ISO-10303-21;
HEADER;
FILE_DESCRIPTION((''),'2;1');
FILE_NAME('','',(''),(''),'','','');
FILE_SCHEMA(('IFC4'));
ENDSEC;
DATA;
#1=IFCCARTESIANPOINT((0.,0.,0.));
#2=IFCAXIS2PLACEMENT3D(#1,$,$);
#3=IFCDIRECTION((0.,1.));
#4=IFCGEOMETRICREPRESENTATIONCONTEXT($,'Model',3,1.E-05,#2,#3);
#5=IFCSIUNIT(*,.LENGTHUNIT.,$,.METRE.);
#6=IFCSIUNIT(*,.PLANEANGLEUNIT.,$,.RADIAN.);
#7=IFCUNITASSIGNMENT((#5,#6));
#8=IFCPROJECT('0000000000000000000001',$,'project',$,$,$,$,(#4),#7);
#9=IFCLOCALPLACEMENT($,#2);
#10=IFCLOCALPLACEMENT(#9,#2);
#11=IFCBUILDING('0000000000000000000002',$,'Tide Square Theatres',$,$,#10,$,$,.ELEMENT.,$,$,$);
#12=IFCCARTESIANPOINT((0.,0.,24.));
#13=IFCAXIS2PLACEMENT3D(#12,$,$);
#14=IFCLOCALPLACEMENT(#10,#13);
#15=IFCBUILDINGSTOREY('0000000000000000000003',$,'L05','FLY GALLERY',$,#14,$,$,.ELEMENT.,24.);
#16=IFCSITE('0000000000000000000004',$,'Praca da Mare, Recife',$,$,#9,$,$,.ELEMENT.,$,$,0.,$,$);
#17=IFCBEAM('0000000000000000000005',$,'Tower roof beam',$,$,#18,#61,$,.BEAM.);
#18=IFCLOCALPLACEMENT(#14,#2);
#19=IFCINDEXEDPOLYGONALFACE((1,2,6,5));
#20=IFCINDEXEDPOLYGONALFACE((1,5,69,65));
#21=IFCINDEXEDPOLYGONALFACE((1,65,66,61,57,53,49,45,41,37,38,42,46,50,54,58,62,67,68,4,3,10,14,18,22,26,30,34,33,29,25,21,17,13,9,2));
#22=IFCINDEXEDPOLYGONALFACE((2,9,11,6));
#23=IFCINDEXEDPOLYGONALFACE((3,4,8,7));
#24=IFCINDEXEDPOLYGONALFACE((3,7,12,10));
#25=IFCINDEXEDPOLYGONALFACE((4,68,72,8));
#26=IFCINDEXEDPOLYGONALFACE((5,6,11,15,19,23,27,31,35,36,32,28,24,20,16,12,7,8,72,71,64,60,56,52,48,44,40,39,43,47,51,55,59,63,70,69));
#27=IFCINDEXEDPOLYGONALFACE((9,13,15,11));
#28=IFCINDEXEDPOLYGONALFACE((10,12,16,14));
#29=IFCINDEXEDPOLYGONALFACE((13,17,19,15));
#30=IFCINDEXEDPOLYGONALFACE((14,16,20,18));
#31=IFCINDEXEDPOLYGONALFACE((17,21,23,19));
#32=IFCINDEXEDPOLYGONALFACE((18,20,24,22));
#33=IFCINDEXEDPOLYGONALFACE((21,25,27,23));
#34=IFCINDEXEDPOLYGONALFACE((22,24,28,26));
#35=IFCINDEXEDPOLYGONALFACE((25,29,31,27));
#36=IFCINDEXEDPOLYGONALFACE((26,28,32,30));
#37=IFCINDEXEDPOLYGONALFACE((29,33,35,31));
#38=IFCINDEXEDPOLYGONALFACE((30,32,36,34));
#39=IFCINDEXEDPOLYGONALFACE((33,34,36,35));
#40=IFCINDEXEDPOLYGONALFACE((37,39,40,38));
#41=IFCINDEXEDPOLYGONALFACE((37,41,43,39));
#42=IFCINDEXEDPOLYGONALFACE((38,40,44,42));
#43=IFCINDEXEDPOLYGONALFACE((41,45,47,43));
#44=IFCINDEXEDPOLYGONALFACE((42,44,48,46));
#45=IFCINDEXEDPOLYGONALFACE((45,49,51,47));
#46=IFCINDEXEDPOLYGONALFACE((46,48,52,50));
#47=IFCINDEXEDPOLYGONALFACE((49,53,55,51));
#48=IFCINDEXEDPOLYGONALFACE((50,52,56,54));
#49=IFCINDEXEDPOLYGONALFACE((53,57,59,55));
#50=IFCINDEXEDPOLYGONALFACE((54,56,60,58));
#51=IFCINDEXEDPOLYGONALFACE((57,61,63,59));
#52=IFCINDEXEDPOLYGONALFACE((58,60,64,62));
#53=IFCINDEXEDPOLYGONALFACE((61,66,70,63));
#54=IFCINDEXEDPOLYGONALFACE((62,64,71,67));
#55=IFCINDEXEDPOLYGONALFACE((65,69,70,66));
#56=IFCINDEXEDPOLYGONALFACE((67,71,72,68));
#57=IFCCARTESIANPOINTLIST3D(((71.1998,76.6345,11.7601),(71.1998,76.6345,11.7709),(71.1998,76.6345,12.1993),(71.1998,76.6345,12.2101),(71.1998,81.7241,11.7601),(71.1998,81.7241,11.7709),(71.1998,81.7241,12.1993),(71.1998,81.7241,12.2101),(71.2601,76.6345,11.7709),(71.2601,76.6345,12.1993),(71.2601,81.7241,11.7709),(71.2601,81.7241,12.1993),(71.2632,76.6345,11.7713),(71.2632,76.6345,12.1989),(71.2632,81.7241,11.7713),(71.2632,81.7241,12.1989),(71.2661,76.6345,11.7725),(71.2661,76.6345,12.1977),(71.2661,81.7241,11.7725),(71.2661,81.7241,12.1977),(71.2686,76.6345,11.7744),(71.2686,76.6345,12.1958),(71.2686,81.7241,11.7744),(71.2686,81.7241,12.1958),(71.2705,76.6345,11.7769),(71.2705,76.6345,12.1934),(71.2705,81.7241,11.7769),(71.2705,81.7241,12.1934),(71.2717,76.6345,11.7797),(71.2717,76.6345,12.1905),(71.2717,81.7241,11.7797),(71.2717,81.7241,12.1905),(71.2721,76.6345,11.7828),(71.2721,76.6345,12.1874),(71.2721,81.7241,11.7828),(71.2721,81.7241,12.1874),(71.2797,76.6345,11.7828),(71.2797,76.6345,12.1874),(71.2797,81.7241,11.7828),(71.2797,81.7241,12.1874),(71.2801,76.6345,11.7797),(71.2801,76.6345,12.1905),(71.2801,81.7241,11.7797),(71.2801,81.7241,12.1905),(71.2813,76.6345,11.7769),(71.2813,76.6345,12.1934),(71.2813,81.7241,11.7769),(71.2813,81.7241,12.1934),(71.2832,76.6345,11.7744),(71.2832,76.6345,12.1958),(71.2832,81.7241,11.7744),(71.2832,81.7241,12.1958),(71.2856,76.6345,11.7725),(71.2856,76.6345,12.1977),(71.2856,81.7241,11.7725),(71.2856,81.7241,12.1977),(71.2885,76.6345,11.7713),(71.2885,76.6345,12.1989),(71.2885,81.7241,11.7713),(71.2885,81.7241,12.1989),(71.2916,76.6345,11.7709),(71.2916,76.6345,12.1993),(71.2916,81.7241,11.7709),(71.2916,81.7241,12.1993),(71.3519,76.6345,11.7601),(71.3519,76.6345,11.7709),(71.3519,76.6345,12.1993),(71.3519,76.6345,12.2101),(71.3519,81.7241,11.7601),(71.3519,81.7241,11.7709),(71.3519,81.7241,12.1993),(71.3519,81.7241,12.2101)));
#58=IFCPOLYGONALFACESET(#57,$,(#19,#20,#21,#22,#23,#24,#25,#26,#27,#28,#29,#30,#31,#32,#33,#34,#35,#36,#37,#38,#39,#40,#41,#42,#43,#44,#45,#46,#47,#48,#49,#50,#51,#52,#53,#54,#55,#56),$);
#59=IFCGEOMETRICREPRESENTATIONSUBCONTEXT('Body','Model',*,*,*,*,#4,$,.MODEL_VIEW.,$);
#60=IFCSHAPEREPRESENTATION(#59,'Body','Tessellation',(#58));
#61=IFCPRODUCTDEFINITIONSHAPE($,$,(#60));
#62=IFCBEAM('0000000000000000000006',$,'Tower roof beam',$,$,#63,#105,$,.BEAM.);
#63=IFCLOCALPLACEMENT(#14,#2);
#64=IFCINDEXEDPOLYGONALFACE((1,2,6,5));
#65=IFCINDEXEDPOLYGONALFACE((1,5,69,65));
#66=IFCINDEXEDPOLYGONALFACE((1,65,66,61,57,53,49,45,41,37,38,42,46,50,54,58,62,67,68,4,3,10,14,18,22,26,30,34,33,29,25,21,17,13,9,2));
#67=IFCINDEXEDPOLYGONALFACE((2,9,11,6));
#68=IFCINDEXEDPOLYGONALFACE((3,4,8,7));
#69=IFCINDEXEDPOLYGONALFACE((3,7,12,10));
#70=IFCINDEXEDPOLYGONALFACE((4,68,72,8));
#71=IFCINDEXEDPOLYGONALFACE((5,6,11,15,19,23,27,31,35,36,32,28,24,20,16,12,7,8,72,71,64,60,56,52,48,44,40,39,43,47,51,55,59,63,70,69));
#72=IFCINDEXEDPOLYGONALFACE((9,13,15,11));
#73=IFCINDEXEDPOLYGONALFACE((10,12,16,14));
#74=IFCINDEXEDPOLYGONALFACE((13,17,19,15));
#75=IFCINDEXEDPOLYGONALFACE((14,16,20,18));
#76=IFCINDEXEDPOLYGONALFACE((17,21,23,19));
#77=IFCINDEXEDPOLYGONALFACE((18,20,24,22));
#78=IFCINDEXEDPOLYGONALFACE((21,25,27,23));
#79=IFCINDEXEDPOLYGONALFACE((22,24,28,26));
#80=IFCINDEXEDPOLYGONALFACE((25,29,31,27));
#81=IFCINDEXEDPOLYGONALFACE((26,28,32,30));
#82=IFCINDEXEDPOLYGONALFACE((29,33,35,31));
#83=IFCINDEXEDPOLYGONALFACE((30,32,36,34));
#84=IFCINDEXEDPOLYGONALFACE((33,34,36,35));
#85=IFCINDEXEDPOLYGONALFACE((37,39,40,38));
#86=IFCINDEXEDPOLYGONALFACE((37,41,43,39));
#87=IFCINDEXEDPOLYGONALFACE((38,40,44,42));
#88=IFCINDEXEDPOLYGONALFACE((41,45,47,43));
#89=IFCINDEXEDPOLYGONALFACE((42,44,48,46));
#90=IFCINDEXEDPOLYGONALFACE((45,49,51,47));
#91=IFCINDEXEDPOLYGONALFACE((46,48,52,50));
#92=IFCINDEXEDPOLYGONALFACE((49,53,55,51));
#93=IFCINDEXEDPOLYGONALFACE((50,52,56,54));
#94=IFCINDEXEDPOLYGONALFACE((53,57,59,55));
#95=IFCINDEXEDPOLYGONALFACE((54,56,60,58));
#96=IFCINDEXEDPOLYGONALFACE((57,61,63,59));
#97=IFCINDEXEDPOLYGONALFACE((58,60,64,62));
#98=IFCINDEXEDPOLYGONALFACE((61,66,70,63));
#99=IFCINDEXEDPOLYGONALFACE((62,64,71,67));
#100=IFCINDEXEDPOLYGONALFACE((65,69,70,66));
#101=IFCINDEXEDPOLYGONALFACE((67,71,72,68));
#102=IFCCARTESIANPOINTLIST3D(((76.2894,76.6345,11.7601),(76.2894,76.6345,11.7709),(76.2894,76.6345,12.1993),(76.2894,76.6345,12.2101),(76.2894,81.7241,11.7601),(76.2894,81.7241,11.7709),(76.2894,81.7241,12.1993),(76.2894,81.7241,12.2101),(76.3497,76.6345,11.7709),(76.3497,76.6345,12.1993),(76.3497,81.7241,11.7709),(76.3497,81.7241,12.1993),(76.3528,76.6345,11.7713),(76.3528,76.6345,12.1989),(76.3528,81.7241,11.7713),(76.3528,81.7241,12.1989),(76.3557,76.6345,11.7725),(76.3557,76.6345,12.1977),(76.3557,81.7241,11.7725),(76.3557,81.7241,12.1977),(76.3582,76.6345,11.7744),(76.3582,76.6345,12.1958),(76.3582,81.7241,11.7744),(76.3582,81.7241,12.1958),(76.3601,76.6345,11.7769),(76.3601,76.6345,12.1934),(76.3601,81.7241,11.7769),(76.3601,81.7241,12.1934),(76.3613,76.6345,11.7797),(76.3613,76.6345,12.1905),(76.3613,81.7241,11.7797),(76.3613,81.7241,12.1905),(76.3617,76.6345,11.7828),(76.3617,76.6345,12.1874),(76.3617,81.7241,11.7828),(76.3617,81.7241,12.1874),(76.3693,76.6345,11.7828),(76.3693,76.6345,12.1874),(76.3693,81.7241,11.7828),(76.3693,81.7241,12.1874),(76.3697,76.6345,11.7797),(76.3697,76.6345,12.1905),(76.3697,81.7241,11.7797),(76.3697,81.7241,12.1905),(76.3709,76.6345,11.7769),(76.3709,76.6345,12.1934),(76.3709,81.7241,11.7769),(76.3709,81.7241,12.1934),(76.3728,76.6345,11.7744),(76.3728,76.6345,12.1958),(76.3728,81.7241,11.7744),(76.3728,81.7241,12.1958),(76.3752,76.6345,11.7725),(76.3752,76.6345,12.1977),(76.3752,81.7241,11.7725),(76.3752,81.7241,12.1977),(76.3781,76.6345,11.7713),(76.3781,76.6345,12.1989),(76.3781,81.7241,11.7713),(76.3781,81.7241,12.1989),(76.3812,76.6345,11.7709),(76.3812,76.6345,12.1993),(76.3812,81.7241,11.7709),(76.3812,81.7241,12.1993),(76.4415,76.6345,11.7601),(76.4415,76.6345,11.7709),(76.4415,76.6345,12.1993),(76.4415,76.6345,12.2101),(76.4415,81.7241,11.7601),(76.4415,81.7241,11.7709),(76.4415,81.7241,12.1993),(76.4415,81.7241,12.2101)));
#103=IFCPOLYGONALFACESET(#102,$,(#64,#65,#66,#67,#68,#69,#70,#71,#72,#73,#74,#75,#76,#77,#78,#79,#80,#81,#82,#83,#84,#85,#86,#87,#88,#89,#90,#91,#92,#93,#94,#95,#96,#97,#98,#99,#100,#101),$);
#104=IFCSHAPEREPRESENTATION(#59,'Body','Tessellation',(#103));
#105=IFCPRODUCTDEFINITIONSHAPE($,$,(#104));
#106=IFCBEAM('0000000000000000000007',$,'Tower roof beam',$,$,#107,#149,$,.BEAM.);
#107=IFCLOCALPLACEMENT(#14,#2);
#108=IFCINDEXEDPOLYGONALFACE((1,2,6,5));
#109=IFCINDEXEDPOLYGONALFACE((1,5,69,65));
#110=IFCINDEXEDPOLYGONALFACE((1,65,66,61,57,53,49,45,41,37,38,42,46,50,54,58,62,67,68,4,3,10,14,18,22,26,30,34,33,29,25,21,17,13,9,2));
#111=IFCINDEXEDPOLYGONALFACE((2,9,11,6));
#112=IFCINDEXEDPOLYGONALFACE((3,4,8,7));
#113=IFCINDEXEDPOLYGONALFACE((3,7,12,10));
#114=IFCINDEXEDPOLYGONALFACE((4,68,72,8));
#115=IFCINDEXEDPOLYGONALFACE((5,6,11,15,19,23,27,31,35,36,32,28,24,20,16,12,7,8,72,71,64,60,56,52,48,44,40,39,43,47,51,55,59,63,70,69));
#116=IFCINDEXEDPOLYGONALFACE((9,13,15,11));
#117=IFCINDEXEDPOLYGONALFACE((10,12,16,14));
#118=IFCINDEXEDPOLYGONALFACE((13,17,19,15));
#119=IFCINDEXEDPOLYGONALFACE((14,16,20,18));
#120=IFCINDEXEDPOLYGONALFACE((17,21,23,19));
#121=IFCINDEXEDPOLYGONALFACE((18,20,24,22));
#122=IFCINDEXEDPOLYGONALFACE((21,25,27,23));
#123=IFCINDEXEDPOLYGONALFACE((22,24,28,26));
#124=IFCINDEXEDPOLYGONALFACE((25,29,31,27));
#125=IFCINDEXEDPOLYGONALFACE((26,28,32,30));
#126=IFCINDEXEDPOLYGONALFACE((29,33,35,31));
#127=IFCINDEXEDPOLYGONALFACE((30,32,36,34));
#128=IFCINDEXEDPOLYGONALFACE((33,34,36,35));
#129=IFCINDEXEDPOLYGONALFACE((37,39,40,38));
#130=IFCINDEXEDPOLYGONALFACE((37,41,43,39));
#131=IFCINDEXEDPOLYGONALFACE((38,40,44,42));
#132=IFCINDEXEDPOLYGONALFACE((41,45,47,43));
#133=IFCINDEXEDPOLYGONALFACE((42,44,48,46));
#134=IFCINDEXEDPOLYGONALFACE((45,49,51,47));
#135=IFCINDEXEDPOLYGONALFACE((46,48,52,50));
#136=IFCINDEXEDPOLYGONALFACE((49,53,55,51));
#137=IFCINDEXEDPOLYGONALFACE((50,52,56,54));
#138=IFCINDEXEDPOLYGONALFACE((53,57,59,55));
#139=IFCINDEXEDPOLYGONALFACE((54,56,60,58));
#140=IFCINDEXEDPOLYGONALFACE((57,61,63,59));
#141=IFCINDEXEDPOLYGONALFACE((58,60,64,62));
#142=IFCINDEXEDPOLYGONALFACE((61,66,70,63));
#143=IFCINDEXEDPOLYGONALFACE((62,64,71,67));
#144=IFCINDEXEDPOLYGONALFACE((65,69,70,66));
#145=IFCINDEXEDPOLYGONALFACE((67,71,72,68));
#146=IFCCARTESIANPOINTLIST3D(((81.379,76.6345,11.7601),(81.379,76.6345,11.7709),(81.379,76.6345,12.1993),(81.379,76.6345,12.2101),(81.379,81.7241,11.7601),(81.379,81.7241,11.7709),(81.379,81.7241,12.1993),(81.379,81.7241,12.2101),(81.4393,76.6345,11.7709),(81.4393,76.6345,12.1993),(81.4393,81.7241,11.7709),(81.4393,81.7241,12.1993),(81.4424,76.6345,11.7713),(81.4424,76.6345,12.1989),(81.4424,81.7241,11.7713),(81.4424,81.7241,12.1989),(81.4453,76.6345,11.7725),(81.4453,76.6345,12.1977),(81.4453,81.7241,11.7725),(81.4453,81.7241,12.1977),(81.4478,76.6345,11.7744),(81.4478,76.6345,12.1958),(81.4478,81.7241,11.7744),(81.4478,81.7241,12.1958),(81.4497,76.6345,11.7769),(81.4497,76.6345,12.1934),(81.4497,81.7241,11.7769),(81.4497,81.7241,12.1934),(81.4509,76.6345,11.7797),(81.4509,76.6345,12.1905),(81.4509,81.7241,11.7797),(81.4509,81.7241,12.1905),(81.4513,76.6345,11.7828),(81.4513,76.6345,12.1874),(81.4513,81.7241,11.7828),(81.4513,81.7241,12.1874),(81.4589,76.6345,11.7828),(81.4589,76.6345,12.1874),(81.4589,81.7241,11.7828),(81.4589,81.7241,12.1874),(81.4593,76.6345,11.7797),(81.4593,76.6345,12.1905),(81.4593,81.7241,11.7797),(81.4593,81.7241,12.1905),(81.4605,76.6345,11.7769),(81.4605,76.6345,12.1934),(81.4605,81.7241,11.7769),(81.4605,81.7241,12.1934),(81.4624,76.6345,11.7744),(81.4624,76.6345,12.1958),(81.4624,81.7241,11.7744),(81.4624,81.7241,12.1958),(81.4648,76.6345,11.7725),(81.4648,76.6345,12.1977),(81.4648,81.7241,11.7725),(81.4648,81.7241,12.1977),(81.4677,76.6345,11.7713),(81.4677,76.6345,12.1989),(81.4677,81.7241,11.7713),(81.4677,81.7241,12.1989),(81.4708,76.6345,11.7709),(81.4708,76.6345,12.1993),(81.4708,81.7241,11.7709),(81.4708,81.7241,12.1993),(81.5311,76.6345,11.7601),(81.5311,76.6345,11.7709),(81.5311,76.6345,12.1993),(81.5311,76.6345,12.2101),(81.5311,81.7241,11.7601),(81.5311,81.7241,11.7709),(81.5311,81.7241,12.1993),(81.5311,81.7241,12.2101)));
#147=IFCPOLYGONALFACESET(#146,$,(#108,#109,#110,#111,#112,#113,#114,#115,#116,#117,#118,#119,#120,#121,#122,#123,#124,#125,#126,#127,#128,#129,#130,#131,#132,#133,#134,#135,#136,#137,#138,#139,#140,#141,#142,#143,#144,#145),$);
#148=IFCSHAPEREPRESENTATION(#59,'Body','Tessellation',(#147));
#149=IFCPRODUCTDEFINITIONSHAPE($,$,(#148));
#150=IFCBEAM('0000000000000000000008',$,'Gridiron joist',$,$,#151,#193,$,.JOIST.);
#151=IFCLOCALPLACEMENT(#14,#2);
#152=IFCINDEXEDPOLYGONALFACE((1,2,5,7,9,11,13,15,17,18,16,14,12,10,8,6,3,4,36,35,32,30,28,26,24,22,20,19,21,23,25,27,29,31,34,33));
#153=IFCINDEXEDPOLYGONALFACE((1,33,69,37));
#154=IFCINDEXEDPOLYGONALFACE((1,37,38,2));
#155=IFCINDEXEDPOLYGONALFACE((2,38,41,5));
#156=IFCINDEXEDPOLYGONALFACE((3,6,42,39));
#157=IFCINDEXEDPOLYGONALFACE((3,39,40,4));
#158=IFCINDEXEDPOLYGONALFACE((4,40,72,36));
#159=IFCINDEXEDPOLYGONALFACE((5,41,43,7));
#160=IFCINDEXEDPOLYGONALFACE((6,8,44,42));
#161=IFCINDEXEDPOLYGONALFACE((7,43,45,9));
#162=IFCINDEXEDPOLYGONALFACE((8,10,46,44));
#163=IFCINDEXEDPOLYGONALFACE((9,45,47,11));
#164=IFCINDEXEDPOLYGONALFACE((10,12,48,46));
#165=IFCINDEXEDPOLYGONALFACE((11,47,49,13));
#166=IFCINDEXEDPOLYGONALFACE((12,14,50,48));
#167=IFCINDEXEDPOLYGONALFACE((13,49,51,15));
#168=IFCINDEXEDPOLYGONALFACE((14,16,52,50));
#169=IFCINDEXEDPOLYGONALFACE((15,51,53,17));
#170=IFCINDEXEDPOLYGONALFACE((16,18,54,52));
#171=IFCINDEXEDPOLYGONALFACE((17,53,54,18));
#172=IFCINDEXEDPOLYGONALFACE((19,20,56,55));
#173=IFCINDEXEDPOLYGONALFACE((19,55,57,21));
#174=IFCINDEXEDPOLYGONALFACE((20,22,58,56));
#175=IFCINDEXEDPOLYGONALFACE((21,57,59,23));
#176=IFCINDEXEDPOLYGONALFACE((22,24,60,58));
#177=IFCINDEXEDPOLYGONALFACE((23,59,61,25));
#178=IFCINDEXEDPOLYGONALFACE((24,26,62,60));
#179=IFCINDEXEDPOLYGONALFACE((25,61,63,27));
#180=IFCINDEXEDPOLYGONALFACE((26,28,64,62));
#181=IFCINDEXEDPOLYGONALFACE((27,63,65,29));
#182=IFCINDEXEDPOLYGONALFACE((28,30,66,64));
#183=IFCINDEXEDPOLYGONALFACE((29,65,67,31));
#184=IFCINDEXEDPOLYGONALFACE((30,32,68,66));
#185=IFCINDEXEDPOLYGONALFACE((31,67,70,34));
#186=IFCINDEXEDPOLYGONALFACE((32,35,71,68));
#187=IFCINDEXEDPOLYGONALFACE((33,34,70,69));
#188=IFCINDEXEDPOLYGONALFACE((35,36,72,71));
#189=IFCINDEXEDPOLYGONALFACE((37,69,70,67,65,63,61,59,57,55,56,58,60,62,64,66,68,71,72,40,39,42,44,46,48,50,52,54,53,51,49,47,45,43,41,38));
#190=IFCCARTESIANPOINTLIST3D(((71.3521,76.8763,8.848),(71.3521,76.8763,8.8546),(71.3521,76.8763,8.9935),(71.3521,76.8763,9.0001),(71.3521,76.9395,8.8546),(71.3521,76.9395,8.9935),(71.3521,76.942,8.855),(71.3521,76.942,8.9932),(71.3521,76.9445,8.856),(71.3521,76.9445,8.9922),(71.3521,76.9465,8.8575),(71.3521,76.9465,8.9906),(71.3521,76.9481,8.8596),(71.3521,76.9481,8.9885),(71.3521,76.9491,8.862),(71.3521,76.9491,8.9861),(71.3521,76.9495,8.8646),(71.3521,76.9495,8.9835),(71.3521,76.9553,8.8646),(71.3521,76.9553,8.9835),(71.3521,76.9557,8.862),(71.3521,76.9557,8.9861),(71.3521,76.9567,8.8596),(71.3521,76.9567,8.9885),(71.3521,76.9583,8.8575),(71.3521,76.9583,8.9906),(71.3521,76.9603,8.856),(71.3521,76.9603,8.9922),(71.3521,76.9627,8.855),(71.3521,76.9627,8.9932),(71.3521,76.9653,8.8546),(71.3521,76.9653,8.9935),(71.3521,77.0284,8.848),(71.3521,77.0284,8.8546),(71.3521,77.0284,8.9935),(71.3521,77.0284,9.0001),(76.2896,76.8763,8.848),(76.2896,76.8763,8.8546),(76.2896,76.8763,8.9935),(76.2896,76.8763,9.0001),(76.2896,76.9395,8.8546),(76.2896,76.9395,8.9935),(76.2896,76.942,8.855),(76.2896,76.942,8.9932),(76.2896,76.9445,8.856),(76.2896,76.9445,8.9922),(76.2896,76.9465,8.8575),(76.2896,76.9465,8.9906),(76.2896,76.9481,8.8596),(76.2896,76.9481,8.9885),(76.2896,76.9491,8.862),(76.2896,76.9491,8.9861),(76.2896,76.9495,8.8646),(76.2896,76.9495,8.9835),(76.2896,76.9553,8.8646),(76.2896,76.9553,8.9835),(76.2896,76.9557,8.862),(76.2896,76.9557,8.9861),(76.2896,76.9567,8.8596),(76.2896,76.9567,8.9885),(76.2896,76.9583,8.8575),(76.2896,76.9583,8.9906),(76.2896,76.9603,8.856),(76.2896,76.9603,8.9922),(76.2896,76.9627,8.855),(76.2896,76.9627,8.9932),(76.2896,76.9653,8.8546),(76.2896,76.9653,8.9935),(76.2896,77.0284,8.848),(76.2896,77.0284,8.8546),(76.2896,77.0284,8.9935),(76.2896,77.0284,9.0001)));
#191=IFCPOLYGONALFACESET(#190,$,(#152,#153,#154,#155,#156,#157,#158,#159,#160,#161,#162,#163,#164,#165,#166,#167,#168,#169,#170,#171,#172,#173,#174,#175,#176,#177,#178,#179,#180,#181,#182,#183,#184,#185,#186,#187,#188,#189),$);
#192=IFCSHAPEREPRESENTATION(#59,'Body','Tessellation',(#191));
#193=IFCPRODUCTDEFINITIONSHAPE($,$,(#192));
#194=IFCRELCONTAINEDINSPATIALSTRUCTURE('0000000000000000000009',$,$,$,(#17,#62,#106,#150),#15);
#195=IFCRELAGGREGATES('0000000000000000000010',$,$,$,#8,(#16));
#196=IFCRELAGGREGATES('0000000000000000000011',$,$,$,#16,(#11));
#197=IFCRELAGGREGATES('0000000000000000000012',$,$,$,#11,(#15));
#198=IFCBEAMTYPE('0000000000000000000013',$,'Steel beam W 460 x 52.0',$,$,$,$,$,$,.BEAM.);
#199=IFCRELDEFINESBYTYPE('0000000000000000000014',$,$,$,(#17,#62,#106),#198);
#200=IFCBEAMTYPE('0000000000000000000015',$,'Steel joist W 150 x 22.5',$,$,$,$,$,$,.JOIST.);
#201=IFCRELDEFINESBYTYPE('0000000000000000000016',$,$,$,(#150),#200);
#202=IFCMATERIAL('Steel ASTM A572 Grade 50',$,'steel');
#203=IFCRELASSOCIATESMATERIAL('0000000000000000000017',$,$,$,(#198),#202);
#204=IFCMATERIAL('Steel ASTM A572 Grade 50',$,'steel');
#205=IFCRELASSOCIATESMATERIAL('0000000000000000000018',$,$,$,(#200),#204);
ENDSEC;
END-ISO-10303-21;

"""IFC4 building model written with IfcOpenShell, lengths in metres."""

from ifc_helpers import new_model, si_unit, direction, frame, origin, origin_2d, place, context, subcontext, project, spatial, i_section, extrude, material, material_profile, profile_set, type_object, element, save


model = new_model("IFC4")

# Units and contexts
model_context = context("Model", 3, precision=1e-05, world=origin(), true_north=direction((0.0, 1.0)))
body_context = subcontext(model_context, "Body", "Model", "MODEL_VIEW")
ifc_project = project(units=[si_unit("LENGTHUNIT", "METRE"), si_unit("PLANEANGLEUNIT", "RADIAN")], contexts=[model_context])

# Site, building, storey
site_placement = place(None, origin())
site = spatial("IfcSite", under=ifc_project, at=site_placement, Name="Praca da Mare, Recife", CompositionType="ELEMENT", RefElevation=0.0)
building_placement = place(site_placement, origin())
building = spatial("IfcBuilding", under=site, at=building_placement, Name="Tide Square Theatres", CompositionType="ELEMENT")
storey_placement = place(building_placement, frame((0.0, 0.0, 24.0)))
storey = spatial("IfcBuildingStorey", under=building, at=storey_placement, Name="L05", Description="FLY GALLERY", CompositionType="ELEMENT", Elevation=24.0)

# Beams
ifc_material_1 = material(Name="Steel ASTM A572 Grade 50", Category="steel")
ifc_material_profile_1 = material_profile(ifc_material_1, i_section(OverallWidth=0.1521, OverallDepth=0.45, WebThickness=0.0076, FlangeThickness=0.0107, FilletRadius=0.012, at=origin_2d()))
ifc_profile_set_1 = profile_set([ifc_material_profile_1], Name="Steel ASTM A572 Grade 50")
beam_type_1 = type_object("IfcBeamType", Name="Steel beam W 460 x 52.0", PredefinedType="BEAM", material=ifc_profile_set_1)
for number, where, z_axis, x_axis, name in (
    (1, (71.2759, 76.6345, 11.9851), (0.0, 1.0, 0.0), (-1.0, 0.0, 0.0), "Tower roof beam"),
    (2, (76.3655, 76.6345, 11.9851), (0.0, 1.0, 0.0), (-1.0, 0.0, 0.0), "Tower roof beam"),
    (3, (81.4551, 76.6345, 11.9851), (0.0, 1.0, 0.0), (-1.0, 0.0, 0.0), "Tower roof beam"),
):
    element("IfcBeam", number, at=place(storey_placement, frame(where, z_axis=z_axis, x_axis=x_axis)), inside=storey, type_object=beam_type_1, Name=name, PredefinedType="BEAM", context=body_context, shape_type="SweptSolid", body=[
        extrude(i_section(OverallWidth=0.1521, OverallDepth=0.45, WebThickness=0.0076, FlangeThickness=0.0107, FilletRadius=0.012, at=origin_2d()), origin(), (0.0, 0.0, 1.0), 5.0896),
    ])
ifc_material_2 = material(Name="Steel ASTM A572 Grade 50", Category="steel")
ifc_material_profile_2 = material_profile(ifc_material_2, i_section(OverallWidth=0.1521, OverallDepth=0.1521, WebThickness=0.0059, FlangeThickness=0.0066, FilletRadius=0.01, at=origin_2d()))
ifc_profile_set_2 = profile_set([ifc_material_profile_2], Name="Steel ASTM A572 Grade 50")
beam_type_2 = type_object("IfcBeamType", Name="Steel joist W 150 x 22.5", PredefinedType="JOIST", material=ifc_profile_set_2)
for number, where, z_axis, x_axis, name in (
    (4, (71.3521, 76.9524, 8.9241), (1.0, 0.0, 0.0), (0.0, 1.0, 0.0), "Gridiron joist"),
):
    element("IfcBeam", number, at=place(storey_placement, frame(where, z_axis=z_axis, x_axis=x_axis)), inside=storey, type_object=beam_type_2, Name=name, PredefinedType="JOIST", context=body_context, shape_type="SweptSolid", body=[
        extrude(i_section(OverallWidth=0.1521, OverallDepth=0.1521, WebThickness=0.0059, FlangeThickness=0.0066, FilletRadius=0.01, at=origin_2d()), origin(), (0.0, 0.0, 1.0), 4.9375),
    ])

save(model, "model.ifc")
